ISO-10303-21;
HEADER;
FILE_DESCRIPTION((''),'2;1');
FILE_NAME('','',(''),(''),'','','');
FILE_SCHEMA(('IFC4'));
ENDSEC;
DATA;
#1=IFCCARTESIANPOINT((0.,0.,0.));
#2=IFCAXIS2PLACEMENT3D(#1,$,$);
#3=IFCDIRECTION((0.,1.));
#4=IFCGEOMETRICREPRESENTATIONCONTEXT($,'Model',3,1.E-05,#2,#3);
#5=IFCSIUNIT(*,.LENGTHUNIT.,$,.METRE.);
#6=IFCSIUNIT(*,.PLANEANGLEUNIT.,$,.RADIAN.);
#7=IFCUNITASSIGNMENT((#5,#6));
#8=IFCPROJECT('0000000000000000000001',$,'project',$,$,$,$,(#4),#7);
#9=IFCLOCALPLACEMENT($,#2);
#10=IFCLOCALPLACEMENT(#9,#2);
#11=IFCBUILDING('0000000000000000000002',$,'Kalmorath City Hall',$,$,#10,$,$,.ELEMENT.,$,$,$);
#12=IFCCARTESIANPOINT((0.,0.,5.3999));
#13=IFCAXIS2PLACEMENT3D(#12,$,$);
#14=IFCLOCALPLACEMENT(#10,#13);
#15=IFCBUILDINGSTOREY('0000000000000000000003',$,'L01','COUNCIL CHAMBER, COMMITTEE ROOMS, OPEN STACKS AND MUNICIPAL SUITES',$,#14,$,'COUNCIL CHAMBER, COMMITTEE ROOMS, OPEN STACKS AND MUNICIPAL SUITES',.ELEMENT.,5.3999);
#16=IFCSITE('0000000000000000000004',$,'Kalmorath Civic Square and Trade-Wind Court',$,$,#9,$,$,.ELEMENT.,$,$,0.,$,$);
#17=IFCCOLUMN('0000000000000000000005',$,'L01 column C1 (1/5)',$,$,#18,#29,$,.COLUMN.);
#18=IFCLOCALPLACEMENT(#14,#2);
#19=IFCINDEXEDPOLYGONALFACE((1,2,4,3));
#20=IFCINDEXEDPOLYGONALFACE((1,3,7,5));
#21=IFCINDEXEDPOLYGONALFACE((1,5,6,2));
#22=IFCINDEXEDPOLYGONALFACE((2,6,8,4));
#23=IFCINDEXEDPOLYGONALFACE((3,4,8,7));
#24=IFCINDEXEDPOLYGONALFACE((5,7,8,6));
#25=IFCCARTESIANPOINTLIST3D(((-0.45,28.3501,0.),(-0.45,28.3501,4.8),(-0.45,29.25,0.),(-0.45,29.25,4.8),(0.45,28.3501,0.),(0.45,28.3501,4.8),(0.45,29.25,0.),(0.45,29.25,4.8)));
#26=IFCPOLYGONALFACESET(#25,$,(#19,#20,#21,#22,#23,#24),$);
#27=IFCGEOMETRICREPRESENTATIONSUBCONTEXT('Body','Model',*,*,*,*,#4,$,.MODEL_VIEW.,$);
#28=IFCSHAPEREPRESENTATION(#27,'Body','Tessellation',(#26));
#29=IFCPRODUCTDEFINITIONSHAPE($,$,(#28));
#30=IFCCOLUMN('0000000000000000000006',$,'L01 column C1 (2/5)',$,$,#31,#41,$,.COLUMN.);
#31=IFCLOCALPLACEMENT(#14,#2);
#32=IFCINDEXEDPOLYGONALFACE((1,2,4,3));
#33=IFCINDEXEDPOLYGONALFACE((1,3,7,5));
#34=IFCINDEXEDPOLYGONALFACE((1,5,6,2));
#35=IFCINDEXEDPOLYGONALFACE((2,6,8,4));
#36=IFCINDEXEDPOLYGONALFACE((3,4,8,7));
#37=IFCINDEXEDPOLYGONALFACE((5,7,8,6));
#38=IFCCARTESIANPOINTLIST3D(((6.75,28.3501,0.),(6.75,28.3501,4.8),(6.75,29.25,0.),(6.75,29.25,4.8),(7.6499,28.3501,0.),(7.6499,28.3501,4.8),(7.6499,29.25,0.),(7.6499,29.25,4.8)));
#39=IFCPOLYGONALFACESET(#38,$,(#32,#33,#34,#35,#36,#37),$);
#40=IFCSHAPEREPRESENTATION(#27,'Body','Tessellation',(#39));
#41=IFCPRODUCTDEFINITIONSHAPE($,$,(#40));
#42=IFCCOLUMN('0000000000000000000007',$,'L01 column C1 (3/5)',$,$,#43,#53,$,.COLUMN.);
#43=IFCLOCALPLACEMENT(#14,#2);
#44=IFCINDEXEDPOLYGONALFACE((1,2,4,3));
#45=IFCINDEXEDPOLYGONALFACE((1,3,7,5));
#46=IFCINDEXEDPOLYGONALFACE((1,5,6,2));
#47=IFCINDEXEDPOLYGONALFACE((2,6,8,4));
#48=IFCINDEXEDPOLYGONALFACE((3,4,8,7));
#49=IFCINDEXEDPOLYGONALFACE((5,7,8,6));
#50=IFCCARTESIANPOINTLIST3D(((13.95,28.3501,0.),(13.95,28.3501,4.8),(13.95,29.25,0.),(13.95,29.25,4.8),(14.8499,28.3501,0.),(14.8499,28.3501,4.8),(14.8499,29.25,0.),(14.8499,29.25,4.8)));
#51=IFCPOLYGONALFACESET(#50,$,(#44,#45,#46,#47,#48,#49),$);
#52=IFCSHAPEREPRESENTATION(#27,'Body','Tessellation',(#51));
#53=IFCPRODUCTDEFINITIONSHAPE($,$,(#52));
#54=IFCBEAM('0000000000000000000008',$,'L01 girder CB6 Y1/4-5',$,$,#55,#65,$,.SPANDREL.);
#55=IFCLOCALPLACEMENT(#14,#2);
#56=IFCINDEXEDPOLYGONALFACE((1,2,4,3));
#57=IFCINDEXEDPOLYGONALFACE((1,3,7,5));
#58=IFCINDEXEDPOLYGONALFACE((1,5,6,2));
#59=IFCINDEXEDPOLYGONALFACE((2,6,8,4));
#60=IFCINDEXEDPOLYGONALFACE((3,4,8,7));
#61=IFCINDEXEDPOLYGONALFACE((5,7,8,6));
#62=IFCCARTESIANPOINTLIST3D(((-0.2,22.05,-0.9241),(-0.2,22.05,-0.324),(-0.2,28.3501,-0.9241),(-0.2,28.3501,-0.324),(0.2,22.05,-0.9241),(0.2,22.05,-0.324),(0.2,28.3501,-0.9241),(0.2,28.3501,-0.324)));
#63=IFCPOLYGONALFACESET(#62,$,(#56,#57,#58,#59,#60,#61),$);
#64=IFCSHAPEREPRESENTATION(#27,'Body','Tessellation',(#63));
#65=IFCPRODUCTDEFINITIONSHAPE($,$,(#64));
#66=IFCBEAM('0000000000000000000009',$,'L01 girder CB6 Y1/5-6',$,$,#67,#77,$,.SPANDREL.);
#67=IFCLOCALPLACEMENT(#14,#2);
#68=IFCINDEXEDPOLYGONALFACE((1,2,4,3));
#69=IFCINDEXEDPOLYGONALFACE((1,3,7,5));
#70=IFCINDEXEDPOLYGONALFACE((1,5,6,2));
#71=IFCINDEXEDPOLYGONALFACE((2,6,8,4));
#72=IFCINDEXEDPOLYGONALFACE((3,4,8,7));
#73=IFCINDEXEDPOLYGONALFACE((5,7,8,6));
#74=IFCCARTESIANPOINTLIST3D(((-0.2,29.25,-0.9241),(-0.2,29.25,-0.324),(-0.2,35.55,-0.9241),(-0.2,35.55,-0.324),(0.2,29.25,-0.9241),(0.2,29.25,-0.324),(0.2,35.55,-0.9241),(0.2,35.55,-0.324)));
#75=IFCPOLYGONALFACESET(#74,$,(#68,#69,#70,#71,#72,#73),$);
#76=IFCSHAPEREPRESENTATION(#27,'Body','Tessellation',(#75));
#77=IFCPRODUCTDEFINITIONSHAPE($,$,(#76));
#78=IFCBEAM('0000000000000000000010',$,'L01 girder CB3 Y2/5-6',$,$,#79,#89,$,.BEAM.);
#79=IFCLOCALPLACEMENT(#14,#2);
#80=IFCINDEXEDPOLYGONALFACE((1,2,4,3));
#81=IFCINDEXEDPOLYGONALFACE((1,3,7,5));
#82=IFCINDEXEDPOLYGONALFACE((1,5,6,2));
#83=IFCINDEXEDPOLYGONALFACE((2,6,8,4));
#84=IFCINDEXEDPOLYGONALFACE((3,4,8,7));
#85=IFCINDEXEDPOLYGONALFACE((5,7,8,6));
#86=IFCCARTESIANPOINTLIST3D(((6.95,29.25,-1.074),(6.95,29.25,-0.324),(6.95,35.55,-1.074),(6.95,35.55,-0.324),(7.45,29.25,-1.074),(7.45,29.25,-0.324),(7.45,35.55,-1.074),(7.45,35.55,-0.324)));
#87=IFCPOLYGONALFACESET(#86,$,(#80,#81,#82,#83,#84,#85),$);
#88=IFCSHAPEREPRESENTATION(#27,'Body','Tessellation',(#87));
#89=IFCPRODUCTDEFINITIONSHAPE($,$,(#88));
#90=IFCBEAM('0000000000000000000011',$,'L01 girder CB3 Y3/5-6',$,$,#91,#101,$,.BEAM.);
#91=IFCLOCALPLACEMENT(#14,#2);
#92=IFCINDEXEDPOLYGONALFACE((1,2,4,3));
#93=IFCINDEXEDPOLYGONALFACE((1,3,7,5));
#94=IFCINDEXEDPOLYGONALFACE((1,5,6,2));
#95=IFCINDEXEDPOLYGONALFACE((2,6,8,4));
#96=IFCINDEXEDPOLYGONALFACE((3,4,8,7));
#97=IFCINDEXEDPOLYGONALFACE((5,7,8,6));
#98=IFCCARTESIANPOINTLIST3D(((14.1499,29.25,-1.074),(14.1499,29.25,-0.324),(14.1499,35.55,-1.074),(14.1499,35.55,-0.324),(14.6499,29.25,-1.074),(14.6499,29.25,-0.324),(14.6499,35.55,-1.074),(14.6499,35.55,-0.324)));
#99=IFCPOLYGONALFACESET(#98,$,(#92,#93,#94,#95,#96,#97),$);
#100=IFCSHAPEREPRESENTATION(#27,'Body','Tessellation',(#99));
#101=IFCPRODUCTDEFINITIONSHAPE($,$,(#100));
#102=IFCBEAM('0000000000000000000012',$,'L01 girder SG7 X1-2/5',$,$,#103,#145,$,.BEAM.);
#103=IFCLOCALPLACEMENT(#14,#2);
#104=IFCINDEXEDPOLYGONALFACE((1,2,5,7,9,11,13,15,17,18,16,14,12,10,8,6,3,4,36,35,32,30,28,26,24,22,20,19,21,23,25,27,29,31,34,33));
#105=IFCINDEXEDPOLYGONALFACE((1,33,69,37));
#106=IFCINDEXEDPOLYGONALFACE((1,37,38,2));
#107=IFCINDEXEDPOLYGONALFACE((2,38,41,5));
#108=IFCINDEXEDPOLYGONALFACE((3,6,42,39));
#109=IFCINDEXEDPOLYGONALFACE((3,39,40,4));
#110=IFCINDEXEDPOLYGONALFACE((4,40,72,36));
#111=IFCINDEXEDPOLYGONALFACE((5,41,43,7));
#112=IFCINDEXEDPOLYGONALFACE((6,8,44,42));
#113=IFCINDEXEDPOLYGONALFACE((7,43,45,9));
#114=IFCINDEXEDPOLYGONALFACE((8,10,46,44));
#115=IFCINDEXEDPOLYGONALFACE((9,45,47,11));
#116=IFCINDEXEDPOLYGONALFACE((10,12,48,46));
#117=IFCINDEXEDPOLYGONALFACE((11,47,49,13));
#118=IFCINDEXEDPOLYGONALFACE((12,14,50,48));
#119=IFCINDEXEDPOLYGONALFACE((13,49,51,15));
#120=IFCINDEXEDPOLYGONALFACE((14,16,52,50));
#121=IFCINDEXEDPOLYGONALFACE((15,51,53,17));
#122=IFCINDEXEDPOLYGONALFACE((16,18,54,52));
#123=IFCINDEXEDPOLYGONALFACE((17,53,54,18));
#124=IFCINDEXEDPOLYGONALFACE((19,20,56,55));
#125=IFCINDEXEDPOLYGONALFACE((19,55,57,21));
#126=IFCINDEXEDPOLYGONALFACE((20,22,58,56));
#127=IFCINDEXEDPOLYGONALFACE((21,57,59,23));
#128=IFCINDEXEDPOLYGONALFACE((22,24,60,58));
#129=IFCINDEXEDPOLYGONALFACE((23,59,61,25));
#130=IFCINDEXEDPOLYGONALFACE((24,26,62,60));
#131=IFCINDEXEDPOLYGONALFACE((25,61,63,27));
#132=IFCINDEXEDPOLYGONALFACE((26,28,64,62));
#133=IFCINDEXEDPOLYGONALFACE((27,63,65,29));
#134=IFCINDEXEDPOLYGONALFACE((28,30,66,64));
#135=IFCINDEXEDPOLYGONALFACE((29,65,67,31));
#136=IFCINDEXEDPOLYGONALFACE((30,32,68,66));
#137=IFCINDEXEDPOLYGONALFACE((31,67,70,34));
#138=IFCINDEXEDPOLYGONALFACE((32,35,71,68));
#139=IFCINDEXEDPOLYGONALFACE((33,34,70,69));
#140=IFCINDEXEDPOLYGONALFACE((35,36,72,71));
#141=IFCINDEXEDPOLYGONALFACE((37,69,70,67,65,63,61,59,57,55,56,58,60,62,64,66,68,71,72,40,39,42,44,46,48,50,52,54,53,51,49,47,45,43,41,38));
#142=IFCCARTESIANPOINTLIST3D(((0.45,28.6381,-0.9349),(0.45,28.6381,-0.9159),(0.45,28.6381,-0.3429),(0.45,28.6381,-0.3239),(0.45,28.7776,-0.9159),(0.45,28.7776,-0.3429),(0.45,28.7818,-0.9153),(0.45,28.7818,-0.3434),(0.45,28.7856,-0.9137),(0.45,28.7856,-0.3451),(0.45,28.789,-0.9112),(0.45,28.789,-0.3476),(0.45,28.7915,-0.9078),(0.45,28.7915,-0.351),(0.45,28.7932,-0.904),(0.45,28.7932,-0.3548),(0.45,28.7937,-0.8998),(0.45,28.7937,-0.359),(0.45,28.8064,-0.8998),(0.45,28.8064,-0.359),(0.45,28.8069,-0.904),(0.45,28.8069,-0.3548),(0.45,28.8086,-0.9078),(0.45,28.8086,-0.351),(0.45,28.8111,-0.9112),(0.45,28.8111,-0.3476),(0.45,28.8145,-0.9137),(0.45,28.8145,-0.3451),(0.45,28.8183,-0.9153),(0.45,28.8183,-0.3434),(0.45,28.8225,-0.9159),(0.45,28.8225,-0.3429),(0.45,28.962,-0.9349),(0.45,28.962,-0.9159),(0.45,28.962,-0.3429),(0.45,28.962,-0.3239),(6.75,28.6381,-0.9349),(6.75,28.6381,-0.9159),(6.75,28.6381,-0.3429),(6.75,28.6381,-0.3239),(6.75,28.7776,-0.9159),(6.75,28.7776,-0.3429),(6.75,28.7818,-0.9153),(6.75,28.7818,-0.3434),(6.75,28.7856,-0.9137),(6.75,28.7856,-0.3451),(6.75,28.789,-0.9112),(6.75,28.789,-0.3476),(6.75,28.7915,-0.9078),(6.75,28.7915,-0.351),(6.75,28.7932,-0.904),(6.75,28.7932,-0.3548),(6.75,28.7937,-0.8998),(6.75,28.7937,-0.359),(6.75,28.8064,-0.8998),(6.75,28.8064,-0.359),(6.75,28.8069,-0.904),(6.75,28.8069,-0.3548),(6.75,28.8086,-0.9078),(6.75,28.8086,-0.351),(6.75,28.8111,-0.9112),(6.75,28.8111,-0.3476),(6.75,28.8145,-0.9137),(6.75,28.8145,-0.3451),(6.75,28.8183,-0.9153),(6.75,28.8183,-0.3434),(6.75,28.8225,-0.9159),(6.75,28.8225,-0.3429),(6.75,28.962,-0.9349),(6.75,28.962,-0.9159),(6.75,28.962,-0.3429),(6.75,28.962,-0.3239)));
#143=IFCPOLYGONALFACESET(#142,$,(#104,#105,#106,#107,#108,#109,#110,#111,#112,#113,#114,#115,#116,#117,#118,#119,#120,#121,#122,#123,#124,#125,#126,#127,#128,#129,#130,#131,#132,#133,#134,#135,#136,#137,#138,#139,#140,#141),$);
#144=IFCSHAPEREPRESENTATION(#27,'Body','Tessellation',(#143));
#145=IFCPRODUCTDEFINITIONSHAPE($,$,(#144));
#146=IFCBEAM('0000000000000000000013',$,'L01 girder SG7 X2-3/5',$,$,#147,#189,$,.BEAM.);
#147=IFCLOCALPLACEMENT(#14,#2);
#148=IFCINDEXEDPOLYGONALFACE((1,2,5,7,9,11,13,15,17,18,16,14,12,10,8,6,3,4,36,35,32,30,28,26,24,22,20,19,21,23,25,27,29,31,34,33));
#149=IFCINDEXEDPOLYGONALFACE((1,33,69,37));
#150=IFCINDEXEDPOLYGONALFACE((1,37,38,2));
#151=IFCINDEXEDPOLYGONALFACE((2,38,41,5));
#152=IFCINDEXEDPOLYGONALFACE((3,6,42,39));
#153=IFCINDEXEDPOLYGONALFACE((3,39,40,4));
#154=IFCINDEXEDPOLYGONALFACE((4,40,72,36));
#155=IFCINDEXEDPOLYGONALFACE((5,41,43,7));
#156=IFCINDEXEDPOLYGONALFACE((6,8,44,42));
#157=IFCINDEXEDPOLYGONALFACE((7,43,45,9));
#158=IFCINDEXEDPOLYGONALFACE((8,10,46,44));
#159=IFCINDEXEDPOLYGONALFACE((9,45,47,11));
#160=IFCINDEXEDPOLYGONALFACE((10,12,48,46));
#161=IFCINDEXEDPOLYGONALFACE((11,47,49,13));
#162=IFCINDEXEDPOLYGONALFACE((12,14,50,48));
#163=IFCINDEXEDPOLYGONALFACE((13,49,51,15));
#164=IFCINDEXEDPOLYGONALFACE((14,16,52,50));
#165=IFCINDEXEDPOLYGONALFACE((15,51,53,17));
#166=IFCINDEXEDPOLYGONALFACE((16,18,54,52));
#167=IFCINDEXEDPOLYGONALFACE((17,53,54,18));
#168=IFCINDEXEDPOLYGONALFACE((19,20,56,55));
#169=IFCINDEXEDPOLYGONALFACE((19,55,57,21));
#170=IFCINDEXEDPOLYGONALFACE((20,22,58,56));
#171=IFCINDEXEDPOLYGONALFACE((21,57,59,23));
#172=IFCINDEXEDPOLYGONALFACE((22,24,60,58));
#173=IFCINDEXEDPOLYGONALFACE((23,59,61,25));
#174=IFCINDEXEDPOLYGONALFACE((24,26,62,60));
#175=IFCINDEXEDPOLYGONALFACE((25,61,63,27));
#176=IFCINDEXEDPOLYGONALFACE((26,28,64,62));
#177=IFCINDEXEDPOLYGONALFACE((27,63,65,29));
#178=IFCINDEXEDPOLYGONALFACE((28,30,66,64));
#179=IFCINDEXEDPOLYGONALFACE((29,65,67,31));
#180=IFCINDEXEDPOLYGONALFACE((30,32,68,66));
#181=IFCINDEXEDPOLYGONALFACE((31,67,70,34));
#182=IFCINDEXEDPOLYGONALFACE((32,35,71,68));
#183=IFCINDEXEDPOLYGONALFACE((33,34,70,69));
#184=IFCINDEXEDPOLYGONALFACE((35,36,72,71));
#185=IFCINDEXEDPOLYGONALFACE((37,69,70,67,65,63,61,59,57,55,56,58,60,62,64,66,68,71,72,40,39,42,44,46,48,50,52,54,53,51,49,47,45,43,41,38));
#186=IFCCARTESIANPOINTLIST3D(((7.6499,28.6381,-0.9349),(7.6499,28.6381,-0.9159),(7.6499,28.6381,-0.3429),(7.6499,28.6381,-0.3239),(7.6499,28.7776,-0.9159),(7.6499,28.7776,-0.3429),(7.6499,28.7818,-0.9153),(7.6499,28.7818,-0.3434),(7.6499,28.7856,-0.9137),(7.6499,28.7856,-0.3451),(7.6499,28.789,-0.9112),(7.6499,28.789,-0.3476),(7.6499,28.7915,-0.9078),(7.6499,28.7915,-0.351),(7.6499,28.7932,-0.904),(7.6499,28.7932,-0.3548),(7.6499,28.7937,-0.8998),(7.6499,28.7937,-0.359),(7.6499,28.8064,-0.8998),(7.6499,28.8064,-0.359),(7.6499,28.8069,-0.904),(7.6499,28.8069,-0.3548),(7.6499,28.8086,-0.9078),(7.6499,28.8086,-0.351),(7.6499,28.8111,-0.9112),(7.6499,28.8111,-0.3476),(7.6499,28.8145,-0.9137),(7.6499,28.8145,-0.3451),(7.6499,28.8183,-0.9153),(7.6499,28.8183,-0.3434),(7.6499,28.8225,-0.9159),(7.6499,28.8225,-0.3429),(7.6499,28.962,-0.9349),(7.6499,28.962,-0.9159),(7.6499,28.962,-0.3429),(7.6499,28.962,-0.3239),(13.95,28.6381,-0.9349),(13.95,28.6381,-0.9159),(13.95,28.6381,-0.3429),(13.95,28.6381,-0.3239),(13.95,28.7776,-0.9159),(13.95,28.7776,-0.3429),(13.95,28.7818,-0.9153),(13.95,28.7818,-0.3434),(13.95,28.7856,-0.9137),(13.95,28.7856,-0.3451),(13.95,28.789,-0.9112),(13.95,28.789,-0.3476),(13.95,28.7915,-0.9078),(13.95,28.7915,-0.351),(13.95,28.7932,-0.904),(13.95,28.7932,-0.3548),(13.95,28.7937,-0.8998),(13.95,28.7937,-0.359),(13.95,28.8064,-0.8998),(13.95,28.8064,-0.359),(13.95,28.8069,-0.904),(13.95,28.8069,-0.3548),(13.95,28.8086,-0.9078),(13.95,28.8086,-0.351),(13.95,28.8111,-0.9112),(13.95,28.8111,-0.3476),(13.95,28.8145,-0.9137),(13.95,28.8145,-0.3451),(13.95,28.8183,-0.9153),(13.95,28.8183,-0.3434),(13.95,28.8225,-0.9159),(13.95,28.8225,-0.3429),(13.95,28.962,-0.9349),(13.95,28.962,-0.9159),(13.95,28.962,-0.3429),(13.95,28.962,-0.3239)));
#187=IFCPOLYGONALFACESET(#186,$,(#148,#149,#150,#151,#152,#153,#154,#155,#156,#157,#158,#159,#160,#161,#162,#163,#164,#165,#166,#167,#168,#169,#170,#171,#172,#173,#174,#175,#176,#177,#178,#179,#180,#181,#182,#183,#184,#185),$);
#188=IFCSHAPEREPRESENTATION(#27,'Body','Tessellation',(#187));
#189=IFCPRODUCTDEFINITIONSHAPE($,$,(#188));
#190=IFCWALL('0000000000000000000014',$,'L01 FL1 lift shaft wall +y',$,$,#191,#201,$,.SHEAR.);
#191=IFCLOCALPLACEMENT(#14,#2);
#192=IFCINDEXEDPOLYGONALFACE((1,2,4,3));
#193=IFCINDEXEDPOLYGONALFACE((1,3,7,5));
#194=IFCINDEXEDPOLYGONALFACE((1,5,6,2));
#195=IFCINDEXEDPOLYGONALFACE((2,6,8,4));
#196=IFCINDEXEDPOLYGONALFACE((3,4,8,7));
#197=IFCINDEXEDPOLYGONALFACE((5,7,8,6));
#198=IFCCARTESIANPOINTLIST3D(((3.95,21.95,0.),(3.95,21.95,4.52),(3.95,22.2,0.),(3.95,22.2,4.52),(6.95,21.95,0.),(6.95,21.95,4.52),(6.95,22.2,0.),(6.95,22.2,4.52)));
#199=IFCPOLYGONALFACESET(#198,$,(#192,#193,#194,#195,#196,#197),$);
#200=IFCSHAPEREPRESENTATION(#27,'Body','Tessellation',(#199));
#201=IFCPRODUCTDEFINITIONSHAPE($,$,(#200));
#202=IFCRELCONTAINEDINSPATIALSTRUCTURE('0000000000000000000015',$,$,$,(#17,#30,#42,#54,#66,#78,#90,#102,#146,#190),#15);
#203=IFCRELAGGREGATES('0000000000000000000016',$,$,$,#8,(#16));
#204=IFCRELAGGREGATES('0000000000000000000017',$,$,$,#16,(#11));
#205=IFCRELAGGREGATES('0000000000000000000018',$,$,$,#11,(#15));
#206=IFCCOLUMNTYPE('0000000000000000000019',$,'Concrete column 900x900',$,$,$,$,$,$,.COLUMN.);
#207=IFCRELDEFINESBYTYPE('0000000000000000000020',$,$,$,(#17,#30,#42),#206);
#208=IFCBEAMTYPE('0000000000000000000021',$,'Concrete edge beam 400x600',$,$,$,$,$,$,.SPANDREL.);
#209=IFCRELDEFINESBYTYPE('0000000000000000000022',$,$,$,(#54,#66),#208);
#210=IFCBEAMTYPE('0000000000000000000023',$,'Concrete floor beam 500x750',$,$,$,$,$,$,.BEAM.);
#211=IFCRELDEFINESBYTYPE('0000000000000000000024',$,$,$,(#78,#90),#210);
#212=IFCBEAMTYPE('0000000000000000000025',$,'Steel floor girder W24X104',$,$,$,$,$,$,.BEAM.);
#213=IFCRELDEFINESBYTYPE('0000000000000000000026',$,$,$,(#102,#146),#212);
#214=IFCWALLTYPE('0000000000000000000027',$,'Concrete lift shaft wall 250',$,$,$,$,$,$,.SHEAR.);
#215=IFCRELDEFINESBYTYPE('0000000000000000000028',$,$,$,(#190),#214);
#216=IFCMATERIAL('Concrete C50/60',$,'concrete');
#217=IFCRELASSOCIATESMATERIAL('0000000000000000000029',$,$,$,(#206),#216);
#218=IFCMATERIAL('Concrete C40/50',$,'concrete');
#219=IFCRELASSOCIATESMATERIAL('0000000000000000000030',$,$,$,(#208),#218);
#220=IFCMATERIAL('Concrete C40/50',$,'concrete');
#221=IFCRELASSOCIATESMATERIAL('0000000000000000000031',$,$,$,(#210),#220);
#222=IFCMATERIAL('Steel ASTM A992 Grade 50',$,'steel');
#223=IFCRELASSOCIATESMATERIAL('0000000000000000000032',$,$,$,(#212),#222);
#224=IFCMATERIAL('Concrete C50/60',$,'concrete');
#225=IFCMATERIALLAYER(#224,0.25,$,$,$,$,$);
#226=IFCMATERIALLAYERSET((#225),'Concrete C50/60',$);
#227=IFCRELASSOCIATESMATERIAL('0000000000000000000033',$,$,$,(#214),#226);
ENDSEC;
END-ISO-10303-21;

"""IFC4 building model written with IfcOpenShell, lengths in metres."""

from ifc_helpers import new_model, si_unit, direction, frame, frame_2d, origin, origin_2d, place, context, subcontext, project, spatial, rectangle, i_section, extrude, material, layer, layer_set, material_profile, profile_set, type_object, element, save


model = new_model("IFC4")

# Units and contexts
model_context = context("Model", 3, precision=1e-05, world=origin(), true_north=direction((0.0, 1.0)))
body_context = subcontext(model_context, "Body", "Model", "MODEL_VIEW")
ifc_project = project(units=[si_unit("LENGTHUNIT", "METRE"), si_unit("PLANEANGLEUNIT", "RADIAN")], contexts=[model_context])

# Site, building, storey
site_placement = place(None, origin())
site = spatial("IfcSite", under=ifc_project, at=site_placement, Name="Kalmorath Civic Square and Trade-Wind Court", CompositionType="ELEMENT", RefElevation=0.0)
building_placement = place(site_placement, origin())
building = spatial("IfcBuilding", under=site, at=building_placement, Name="Kalmorath City Hall", CompositionType="ELEMENT")
storey_placement = place(building_placement, frame((0.0, 0.0, 5.3999)))
storey = spatial("IfcBuildingStorey", under=building, at=storey_placement, Name="L01", Description="COUNCIL CHAMBER, COMMITTEE ROOMS, OPEN STACKS AND MUNICIPAL SUITES", LongName="COUNCIL CHAMBER, COMMITTEE ROOMS, OPEN STACKS AND MUNICIPAL SUITES", CompositionType="ELEMENT", Elevation=5.3999)

# Columns
ifc_material_1 = material(Name="Concrete C50/60", Category="concrete")
ifc_material_profile_1 = material_profile(ifc_material_1, rectangle(XDim=0.8999, YDim=0.8999, at=origin_2d()), Name="RC-COL-900X900")
ifc_profile_set_1 = profile_set([ifc_material_profile_1], Name="Concrete C50/60")
column_type = type_object("IfcColumnType", Name="Concrete column 900x900", PredefinedType="COLUMN", material=ifc_profile_set_1)
for number, where, z_axis, x_axis, name in (
    (1, (0.0, 28.8, 0.0), (0.0, 0.0, 1.0), (1.0, 0.0, 0.0), "L01 column C1 (1/5)"),
    (2, (7.2, 28.8, 0.0), (0.0, 0.0, 1.0), (1.0, 0.0, 0.0), "L01 column C1 (2/5)"),
    (3, (14.3999, 28.8, 0.0), (0.0, 0.0, 1.0), (1.0, 0.0, 0.0), "L01 column C1 (3/5)"),
):
    element("IfcColumn", number, at=place(storey_placement, frame(where, z_axis=z_axis, x_axis=x_axis)), inside=storey, type_object=column_type, Name=name, PredefinedType="COLUMN", context=body_context, shape_type="SweptSolid", body=[
        extrude(rectangle(XDim=0.8999, YDim=0.8999, at=origin_2d()), origin(), (0.0, 0.0, 1.0), 4.8),
    ])

# Beams
ifc_material_2 = material(Name="Concrete C40/50", Category="concrete")
ifc_material_profile_2 = material_profile(ifc_material_2, rectangle(XDim=0.3999, YDim=0.6001, at=origin_2d()), Name="RC-BM-400X600")
ifc_profile_set_2 = profile_set([ifc_material_profile_2], Name="Concrete C40/50")
beam_type_1 = type_object("IfcBeamType", Name="Concrete edge beam 400x600", PredefinedType="SPANDREL", material=ifc_profile_set_2)
for number, where, z_axis, x_axis, name in (
    (4, (0.0, 22.05, -0.624), (0.0, 1.0, 0.0), (-1.0, 0.0, 0.0), "L01 girder CB6 Y1/4-5"),
    (5, (0.0, 29.25, -0.624), (0.0, 1.0, 0.0), (-1.0, 0.0, 0.0), "L01 girder CB6 Y1/5-6"),
):
    element("IfcBeam", number, at=place(storey_placement, frame(where, z_axis=z_axis, x_axis=x_axis)), inside=storey, type_object=beam_type_1, Name=name, PredefinedType="SPANDREL", context=body_context, shape_type="SweptSolid", body=[
        extrude(rectangle(XDim=0.3999, YDim=0.6001, at=origin_2d()), origin(), (0.0, 0.0, 1.0), 6.3),
    ])
ifc_material_3 = material(Name="Concrete C40/50", Category="concrete")
ifc_material_profile_3 = material_profile(ifc_material_3, rectangle(XDim=0.5, YDim=0.75, at=origin_2d()), Name="RC-BM-500X750")
ifc_profile_set_3 = profile_set([ifc_material_profile_3], Name="Concrete C40/50")
beam_type_2 = type_object("IfcBeamType", Name="Concrete floor beam 500x750", PredefinedType="BEAM", material=ifc_profile_set_3)
for number, where, z_axis, x_axis, name in (
    (6, (7.2, 29.25, -0.699), (0.0, 1.0, 0.0), (-1.0, 0.0, 0.0), "L01 girder CB3 Y2/5-6"),
    (7, (14.3999, 29.25, -0.699), (0.0, 1.0, 0.0), (-1.0, 0.0, 0.0), "L01 girder CB3 Y3/5-6"),
):
    element("IfcBeam", number, at=place(storey_placement, frame(where, z_axis=z_axis, x_axis=x_axis)), inside=storey, type_object=beam_type_2, Name=name, PredefinedType="BEAM", context=body_context, shape_type="SweptSolid", body=[
        extrude(rectangle(XDim=0.5, YDim=0.75, at=origin_2d()), origin(), (0.0, 0.0, 1.0), 6.3),
    ])
ifc_material_4 = material(Name="Steel ASTM A992 Grade 50", Category="steel")
ifc_material_profile_4 = material_profile(ifc_material_4, i_section(OverallWidth=0.324, OverallDepth=0.6111, WebThickness=0.0127, FlangeThickness=0.019, FilletRadius=0.0161, at=origin_2d()), Name="W24X104")
ifc_profile_set_4 = profile_set([ifc_material_profile_4], Name="Steel ASTM A992 Grade 50")
beam_type_3 = type_object("IfcBeamType", Name="Steel floor girder W24X104", PredefinedType="BEAM", material=ifc_profile_set_4)
for number, where, z_axis, x_axis, name in (
    (8, (0.45, 28.8, -0.6294), (1.0, 0.0, 0.0), (0.0, 1.0, 0.0), "L01 girder SG7 X1-2/5"),
    (9, (7.6499, 28.8, -0.6294), (1.0, 0.0, 0.0), (0.0, 1.0, 0.0), "L01 girder SG7 X2-3/5"),
):
    element("IfcBeam", number, at=place(storey_placement, frame(where, z_axis=z_axis, x_axis=x_axis)), inside=storey, type_object=beam_type_3, Name=name, PredefinedType="BEAM", context=body_context, shape_type="SweptSolid", body=[
        extrude(i_section(OverallWidth=0.324, OverallDepth=0.6111, WebThickness=0.0127, FlangeThickness=0.019, FilletRadius=0.0161, at=origin_2d()), origin(), (0.0, 0.0, 1.0), 6.3),
    ])

# Wall
ifc_material_5 = material(Name="Concrete C50/60", Category="concrete")
ifc_layer_1 = layer(ifc_material_5, 0.25)
ifc_layer_set_1 = layer_set([ifc_layer_1], Name="Concrete C50/60")
wall_type_1 = type_object("IfcWallType", Name="Concrete lift shaft wall 250", PredefinedType="SHEAR", material=ifc_layer_set_1)
wall_1_placement = place(storey_placement, frame((6.95, 22.075, 0.0), z_axis=(0.0, 0.0, 1.0), x_axis=(-1.0, 0.0, 0.0)))
element("IfcWall", 10, at=wall_1_placement, inside=storey, type_object=wall_type_1, Name="L01 FL1 lift shaft wall +y", PredefinedType="SHEAR", context=body_context, shape_type="SweptSolid", body=[
    extrude(rectangle(XDim=3.0, YDim=0.25, at=frame_2d((1.5, 0.0))), origin(), (0.0, 0.0, 1.0), 4.52),
])

save(model, "model.ifc")
